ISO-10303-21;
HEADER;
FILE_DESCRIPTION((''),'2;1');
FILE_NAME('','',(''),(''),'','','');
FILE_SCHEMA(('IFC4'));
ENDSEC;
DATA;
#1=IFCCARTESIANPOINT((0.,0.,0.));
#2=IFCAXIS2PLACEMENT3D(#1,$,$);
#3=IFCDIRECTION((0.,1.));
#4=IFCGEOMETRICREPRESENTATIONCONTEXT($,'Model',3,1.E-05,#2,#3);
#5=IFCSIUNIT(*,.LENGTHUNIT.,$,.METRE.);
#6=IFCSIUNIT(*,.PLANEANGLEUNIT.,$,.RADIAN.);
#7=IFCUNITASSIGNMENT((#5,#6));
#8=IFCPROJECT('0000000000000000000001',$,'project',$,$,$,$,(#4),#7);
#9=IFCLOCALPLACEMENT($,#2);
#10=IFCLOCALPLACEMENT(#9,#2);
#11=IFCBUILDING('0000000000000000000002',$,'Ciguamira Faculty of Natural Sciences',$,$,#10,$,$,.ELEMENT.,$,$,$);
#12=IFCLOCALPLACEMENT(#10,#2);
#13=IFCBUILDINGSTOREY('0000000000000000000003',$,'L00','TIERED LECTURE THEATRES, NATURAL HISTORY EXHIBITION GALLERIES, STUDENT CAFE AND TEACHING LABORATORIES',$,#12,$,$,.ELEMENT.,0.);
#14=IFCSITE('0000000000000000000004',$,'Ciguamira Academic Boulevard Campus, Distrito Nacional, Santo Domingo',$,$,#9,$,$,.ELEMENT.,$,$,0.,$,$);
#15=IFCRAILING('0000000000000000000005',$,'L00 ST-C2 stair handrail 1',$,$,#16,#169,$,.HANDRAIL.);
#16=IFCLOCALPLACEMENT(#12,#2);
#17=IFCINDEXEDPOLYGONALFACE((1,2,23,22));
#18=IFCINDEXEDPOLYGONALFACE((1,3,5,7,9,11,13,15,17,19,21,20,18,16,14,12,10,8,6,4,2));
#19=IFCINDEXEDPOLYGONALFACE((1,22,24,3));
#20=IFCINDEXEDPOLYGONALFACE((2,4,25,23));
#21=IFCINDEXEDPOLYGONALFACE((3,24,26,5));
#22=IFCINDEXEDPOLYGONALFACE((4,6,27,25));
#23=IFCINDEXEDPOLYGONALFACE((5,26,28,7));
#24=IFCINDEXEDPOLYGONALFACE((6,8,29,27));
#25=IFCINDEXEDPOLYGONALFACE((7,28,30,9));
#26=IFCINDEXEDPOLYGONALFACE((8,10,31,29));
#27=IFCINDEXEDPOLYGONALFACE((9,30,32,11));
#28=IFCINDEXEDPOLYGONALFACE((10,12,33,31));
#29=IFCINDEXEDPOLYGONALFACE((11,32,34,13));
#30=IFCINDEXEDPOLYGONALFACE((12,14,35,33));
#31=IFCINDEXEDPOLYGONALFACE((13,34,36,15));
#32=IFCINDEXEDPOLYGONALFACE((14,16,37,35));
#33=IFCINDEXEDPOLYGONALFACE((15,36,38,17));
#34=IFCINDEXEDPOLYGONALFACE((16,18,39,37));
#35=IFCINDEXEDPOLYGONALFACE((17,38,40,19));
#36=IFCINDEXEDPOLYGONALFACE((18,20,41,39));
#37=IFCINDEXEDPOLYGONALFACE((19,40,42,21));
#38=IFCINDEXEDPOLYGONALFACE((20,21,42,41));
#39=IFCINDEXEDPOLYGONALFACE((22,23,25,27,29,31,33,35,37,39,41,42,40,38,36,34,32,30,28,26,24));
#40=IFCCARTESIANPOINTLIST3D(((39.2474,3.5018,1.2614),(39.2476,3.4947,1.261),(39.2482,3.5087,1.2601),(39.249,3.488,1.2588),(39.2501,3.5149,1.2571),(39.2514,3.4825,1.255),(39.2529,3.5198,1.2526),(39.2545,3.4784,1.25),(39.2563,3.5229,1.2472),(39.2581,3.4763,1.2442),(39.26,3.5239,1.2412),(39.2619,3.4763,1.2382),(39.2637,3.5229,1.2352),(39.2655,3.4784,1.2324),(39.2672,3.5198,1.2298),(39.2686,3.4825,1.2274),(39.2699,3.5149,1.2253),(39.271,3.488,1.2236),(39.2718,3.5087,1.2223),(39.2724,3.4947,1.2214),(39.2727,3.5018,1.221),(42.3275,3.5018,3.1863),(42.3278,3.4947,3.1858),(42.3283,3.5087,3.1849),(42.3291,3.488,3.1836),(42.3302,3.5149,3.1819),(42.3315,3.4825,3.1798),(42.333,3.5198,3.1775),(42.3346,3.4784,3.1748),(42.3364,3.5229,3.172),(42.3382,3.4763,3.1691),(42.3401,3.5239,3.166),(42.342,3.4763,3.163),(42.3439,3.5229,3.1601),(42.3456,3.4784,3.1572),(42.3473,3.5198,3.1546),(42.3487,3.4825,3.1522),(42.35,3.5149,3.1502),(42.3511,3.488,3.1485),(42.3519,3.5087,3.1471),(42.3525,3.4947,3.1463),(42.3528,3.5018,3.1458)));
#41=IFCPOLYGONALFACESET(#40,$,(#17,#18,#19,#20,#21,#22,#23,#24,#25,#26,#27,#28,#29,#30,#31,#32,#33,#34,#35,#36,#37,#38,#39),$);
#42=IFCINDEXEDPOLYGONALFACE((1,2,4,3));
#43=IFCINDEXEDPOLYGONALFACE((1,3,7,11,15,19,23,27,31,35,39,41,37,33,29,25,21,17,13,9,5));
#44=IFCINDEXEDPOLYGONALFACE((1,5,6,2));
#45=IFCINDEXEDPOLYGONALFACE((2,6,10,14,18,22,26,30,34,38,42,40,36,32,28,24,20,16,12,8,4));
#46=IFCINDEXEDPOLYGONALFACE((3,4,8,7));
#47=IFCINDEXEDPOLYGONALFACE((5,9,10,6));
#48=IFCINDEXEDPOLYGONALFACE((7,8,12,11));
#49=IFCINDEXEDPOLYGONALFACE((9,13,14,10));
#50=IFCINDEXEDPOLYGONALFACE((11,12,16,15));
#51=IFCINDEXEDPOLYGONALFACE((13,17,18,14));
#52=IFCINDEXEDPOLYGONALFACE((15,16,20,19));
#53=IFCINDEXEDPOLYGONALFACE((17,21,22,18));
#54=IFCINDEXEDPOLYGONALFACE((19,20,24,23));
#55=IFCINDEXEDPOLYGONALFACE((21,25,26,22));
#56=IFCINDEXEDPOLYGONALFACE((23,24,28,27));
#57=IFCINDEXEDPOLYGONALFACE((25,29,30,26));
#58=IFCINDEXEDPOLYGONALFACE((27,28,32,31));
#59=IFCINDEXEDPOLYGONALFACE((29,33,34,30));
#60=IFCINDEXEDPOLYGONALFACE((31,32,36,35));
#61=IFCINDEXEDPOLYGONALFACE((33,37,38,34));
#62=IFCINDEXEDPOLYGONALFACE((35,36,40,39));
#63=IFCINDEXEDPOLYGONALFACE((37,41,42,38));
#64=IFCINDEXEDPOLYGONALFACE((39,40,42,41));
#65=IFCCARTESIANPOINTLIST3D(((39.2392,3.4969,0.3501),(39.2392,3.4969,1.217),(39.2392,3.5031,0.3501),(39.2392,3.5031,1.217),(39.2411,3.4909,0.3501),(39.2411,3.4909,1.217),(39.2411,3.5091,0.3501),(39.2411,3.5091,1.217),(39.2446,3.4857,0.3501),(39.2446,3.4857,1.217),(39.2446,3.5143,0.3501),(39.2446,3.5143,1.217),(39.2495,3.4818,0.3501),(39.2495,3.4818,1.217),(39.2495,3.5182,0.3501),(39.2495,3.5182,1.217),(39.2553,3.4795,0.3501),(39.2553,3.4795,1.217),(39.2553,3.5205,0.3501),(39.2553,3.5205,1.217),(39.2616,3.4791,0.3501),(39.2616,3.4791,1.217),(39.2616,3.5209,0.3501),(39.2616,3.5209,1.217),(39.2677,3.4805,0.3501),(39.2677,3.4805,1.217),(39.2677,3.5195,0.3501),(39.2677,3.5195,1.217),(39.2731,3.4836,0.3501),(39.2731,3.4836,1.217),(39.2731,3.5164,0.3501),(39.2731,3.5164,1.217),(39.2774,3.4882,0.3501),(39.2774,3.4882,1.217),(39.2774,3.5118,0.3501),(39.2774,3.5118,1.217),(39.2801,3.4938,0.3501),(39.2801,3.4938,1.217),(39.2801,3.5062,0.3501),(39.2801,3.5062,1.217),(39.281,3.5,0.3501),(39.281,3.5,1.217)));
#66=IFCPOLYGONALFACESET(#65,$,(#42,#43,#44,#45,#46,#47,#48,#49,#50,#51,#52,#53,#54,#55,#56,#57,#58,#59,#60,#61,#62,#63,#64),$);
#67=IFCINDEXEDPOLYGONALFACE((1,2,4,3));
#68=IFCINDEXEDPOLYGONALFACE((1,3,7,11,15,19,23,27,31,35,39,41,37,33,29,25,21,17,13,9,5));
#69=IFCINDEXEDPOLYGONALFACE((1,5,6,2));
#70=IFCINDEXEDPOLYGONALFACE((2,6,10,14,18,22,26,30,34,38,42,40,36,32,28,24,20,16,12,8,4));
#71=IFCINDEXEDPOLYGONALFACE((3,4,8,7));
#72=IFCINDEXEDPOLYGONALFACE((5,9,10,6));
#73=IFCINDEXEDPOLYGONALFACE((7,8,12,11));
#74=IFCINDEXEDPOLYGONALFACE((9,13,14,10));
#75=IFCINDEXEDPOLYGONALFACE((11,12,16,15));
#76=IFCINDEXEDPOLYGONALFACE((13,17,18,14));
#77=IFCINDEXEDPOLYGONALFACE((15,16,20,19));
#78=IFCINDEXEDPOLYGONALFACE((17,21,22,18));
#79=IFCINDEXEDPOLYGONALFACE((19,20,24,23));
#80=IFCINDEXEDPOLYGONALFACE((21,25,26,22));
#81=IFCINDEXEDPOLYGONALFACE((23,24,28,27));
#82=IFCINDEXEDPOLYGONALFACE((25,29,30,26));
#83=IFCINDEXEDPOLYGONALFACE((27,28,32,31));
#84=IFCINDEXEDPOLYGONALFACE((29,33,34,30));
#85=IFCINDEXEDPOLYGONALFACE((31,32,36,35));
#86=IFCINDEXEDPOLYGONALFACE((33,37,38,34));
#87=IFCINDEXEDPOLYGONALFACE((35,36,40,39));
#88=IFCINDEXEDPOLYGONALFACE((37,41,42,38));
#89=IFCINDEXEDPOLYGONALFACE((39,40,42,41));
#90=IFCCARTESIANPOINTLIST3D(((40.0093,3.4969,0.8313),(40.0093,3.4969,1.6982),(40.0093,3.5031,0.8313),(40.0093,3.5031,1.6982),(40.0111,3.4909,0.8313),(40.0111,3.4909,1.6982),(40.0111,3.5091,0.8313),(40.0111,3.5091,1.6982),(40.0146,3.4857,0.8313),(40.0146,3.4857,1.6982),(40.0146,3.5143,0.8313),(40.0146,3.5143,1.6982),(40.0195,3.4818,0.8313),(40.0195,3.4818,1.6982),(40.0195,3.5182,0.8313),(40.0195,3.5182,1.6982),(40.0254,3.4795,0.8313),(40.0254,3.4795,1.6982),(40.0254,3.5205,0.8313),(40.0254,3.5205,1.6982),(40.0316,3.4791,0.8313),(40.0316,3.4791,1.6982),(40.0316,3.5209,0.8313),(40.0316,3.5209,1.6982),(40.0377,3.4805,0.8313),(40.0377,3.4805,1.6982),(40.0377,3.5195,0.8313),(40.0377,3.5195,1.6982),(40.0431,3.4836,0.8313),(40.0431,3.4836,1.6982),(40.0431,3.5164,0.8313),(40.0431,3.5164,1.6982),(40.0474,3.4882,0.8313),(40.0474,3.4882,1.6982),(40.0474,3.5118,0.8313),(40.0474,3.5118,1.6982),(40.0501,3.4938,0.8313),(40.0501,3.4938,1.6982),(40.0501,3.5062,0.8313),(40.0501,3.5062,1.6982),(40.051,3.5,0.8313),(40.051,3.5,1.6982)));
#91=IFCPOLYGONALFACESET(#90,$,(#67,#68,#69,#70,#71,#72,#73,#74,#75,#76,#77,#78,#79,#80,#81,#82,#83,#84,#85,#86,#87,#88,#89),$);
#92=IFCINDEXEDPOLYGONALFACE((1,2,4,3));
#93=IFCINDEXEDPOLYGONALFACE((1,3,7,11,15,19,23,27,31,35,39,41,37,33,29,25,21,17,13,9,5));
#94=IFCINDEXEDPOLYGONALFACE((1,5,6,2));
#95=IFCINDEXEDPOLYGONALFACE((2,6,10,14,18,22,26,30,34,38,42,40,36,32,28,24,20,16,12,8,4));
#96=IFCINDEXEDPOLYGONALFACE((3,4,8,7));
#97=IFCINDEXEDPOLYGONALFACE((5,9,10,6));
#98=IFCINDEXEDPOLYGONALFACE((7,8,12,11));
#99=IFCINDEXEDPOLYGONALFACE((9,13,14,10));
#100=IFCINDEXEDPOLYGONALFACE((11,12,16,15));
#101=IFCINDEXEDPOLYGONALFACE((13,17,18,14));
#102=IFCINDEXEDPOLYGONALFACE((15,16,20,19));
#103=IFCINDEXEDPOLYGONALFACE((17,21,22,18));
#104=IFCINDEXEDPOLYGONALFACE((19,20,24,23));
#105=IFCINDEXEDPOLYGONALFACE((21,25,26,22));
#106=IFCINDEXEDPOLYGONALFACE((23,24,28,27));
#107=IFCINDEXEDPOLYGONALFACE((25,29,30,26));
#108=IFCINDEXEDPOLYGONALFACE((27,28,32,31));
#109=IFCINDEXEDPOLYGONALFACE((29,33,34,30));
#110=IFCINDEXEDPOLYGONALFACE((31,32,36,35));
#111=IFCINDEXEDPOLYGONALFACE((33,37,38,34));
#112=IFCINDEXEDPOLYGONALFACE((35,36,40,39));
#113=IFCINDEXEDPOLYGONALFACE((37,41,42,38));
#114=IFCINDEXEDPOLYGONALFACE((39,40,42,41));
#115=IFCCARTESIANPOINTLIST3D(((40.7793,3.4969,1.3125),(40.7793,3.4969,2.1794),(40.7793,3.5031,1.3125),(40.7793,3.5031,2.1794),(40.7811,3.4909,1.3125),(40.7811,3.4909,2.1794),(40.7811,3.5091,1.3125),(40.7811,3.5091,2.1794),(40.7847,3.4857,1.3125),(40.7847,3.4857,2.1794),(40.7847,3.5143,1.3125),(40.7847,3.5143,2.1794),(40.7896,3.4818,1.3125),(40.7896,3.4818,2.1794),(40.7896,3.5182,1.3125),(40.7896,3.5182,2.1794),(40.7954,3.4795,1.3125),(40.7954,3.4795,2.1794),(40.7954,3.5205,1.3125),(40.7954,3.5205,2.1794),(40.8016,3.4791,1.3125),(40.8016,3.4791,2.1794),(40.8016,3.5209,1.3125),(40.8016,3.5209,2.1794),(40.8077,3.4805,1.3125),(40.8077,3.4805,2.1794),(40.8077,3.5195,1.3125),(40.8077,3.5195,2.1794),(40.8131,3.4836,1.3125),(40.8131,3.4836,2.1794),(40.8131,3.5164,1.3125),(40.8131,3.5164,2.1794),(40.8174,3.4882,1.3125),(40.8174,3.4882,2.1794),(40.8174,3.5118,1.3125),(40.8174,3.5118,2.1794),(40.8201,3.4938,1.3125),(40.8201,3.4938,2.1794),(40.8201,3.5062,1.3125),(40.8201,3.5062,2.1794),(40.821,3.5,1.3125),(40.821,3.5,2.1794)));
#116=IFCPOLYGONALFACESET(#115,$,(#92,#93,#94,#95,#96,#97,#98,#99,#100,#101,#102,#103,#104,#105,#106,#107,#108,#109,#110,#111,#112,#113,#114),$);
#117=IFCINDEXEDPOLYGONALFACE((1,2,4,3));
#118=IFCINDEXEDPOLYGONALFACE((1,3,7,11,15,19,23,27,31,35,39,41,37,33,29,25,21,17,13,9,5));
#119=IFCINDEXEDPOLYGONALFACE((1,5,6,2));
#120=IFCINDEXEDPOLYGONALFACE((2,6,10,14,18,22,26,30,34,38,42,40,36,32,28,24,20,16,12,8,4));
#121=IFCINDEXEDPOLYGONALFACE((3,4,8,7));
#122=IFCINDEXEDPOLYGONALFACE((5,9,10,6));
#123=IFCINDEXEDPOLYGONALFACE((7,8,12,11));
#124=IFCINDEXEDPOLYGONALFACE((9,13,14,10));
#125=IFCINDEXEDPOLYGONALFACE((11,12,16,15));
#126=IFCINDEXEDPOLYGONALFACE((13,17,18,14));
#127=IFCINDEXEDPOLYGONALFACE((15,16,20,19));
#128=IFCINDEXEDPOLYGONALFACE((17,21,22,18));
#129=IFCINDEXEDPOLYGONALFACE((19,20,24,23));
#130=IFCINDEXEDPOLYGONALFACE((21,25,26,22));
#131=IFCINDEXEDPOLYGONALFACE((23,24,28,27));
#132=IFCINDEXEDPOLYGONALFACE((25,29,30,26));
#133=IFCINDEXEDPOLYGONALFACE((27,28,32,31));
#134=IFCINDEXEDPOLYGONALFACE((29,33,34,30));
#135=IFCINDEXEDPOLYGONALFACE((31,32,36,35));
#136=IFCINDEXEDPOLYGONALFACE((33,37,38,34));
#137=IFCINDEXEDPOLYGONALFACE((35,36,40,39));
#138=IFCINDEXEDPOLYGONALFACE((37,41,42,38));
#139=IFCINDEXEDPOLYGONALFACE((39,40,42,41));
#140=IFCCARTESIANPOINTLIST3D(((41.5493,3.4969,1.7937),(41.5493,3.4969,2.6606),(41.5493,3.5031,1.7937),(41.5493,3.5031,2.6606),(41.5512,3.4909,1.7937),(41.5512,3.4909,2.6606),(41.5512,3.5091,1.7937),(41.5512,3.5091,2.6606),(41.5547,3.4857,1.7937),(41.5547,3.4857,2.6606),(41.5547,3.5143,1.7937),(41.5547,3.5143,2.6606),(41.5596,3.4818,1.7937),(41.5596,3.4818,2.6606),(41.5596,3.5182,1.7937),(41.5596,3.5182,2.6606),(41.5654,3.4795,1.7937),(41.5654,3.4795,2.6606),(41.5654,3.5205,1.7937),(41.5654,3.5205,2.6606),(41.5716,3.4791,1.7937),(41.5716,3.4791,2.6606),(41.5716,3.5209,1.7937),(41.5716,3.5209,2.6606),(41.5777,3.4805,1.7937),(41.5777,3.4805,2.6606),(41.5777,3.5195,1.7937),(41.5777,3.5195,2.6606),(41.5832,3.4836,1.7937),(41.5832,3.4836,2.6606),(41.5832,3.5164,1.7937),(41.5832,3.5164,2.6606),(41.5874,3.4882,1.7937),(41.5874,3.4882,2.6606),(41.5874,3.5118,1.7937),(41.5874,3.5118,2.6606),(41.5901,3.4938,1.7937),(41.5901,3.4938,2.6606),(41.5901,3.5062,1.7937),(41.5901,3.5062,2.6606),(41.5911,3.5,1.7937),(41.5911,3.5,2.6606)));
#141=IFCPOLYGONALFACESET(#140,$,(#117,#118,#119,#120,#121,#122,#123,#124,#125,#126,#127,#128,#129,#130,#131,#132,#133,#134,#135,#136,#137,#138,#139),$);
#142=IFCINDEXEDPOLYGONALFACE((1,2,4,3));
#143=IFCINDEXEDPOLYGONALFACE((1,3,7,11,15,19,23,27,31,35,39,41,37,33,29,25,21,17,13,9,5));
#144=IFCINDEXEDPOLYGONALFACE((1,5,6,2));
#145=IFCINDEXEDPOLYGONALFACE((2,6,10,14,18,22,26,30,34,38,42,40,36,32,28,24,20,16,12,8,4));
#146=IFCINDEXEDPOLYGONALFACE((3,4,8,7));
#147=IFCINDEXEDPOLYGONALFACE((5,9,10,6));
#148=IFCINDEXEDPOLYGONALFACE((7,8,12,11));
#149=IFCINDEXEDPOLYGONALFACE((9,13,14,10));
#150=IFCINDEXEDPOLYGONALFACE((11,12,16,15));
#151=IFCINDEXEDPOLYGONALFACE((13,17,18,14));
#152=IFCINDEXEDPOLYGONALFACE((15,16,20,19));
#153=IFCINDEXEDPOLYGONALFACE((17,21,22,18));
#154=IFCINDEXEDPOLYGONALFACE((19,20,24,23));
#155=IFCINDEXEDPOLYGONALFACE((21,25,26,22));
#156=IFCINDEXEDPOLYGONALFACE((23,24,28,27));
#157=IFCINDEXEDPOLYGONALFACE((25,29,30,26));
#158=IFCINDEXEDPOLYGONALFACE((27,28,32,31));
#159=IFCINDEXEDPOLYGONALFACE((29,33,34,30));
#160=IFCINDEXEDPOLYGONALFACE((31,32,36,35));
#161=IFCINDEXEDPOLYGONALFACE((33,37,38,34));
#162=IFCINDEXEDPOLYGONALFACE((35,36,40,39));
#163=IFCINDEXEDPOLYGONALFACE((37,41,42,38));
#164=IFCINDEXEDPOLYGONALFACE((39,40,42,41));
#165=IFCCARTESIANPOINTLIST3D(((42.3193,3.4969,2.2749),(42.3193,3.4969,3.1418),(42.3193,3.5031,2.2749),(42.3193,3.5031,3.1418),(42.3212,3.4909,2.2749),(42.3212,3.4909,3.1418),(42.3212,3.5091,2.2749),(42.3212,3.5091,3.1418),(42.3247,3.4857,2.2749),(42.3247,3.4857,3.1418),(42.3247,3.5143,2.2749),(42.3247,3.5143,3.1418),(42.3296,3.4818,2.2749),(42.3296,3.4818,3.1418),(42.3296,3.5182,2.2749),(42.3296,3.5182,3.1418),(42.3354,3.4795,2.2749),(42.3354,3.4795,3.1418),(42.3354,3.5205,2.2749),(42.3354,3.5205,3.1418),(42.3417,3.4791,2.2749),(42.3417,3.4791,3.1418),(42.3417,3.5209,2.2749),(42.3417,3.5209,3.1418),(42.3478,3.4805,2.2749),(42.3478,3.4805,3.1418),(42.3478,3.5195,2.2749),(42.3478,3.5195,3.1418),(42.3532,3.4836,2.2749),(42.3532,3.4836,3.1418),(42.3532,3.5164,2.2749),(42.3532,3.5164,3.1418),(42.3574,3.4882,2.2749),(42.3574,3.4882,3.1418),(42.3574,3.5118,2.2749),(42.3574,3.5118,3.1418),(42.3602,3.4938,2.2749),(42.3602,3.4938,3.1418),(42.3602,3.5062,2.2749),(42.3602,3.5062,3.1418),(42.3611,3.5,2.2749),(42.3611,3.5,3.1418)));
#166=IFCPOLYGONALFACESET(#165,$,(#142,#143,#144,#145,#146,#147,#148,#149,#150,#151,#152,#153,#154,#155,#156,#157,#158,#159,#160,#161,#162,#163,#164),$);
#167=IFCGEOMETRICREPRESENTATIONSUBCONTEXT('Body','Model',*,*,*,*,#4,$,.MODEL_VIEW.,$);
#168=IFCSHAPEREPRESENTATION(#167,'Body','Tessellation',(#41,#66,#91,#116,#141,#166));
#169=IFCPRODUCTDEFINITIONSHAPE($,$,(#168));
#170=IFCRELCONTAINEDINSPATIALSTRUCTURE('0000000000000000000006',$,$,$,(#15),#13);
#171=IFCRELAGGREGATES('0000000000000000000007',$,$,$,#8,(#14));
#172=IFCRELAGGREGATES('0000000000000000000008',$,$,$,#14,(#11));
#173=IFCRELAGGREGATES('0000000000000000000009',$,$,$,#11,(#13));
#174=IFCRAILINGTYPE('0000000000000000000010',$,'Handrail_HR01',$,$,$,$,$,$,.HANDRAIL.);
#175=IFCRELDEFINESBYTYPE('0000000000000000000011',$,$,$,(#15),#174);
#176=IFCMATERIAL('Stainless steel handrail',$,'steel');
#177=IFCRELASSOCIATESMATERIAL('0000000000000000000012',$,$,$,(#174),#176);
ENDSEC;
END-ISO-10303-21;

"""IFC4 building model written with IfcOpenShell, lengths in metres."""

from ifc_helpers import new_model, si_unit, direction, frame, origin, origin_2d, place, context, subcontext, project, spatial, circle, extrude, material, type_object, element, save


model = new_model("IFC4")

# Units and contexts
model_context = context("Model", 3, precision=1e-05, world=origin(), true_north=direction((0.0, 1.0)))
body_context = subcontext(model_context, "Body", "Model", "MODEL_VIEW")
ifc_project = project(units=[si_unit("LENGTHUNIT", "METRE"), si_unit("PLANEANGLEUNIT", "RADIAN")], contexts=[model_context])

# Site, building, storey
site_placement = place(None, origin())
site = spatial("IfcSite", under=ifc_project, at=site_placement, Name="Ciguamira Academic Boulevard Campus, Distrito Nacional, Santo Domingo", CompositionType="ELEMENT", RefElevation=0.0)
building_placement = place(site_placement, origin())
building = spatial("IfcBuilding", under=site, at=building_placement, Name="Ciguamira Faculty of Natural Sciences", CompositionType="ELEMENT")
storey_placement = place(building_placement, origin())
storey = spatial("IfcBuildingStorey", under=building, at=storey_placement, Name="L00", Description="TIERED LECTURE THEATRES, NATURAL HISTORY EXHIBITION GALLERIES, STUDENT CAFE AND TEACHING LABORATORIES", CompositionType="ELEMENT", Elevation=0.0)

# Railing
ifc_material_1 = material(Name="Stainless steel handrail", Category="steel")
railing_type_1 = type_object("IfcRailingType", Name="Handrail_HR01", PredefinedType="HANDRAIL", material=ifc_material_1)
railing_1_placement = place(storey_placement, frame((39.26, 3.5, 0.3501)))
element("IfcRailing", 1, at=railing_1_placement, inside=storey, type_object=railing_type_1, Name="L00 ST-C2 stair handrail 1", PredefinedType="HANDRAIL", context=body_context, shape_type="SweptSolid", body=[
    extrude(circle(Radius=0.0239, at=origin_2d()), frame((0.0, 0.0, 0.8911), z_axis=(0.848029, 0.0, 0.529951), x_axis=(0.0, 1.0, 0.0)), (0.0, 0.0, 1.0), 3.6321),
    extrude(circle(Radius=0.021, at=origin_2d()), origin(), (0.0, 0.0, 1.0), 0.8669),
    extrude(circle(Radius=0.021, at=origin_2d()), frame((0.77, 0.0, 0.4812)), (0.0, 0.0, 1.0), 0.8669),
    extrude(circle(Radius=0.021, at=origin_2d()), frame((1.54, 0.0, 0.9624)), (0.0, 0.0, 1.0), 0.8669),
    extrude(circle(Radius=0.021, at=origin_2d()), frame((2.3101, 0.0, 1.4436)), (0.0, 0.0, 1.0), 0.8669),
    extrude(circle(Radius=0.021, at=origin_2d()), frame((3.0801, 0.0, 1.9248)), (0.0, 0.0, 1.0), 0.8669),
])

save(model, "model.ifc")
